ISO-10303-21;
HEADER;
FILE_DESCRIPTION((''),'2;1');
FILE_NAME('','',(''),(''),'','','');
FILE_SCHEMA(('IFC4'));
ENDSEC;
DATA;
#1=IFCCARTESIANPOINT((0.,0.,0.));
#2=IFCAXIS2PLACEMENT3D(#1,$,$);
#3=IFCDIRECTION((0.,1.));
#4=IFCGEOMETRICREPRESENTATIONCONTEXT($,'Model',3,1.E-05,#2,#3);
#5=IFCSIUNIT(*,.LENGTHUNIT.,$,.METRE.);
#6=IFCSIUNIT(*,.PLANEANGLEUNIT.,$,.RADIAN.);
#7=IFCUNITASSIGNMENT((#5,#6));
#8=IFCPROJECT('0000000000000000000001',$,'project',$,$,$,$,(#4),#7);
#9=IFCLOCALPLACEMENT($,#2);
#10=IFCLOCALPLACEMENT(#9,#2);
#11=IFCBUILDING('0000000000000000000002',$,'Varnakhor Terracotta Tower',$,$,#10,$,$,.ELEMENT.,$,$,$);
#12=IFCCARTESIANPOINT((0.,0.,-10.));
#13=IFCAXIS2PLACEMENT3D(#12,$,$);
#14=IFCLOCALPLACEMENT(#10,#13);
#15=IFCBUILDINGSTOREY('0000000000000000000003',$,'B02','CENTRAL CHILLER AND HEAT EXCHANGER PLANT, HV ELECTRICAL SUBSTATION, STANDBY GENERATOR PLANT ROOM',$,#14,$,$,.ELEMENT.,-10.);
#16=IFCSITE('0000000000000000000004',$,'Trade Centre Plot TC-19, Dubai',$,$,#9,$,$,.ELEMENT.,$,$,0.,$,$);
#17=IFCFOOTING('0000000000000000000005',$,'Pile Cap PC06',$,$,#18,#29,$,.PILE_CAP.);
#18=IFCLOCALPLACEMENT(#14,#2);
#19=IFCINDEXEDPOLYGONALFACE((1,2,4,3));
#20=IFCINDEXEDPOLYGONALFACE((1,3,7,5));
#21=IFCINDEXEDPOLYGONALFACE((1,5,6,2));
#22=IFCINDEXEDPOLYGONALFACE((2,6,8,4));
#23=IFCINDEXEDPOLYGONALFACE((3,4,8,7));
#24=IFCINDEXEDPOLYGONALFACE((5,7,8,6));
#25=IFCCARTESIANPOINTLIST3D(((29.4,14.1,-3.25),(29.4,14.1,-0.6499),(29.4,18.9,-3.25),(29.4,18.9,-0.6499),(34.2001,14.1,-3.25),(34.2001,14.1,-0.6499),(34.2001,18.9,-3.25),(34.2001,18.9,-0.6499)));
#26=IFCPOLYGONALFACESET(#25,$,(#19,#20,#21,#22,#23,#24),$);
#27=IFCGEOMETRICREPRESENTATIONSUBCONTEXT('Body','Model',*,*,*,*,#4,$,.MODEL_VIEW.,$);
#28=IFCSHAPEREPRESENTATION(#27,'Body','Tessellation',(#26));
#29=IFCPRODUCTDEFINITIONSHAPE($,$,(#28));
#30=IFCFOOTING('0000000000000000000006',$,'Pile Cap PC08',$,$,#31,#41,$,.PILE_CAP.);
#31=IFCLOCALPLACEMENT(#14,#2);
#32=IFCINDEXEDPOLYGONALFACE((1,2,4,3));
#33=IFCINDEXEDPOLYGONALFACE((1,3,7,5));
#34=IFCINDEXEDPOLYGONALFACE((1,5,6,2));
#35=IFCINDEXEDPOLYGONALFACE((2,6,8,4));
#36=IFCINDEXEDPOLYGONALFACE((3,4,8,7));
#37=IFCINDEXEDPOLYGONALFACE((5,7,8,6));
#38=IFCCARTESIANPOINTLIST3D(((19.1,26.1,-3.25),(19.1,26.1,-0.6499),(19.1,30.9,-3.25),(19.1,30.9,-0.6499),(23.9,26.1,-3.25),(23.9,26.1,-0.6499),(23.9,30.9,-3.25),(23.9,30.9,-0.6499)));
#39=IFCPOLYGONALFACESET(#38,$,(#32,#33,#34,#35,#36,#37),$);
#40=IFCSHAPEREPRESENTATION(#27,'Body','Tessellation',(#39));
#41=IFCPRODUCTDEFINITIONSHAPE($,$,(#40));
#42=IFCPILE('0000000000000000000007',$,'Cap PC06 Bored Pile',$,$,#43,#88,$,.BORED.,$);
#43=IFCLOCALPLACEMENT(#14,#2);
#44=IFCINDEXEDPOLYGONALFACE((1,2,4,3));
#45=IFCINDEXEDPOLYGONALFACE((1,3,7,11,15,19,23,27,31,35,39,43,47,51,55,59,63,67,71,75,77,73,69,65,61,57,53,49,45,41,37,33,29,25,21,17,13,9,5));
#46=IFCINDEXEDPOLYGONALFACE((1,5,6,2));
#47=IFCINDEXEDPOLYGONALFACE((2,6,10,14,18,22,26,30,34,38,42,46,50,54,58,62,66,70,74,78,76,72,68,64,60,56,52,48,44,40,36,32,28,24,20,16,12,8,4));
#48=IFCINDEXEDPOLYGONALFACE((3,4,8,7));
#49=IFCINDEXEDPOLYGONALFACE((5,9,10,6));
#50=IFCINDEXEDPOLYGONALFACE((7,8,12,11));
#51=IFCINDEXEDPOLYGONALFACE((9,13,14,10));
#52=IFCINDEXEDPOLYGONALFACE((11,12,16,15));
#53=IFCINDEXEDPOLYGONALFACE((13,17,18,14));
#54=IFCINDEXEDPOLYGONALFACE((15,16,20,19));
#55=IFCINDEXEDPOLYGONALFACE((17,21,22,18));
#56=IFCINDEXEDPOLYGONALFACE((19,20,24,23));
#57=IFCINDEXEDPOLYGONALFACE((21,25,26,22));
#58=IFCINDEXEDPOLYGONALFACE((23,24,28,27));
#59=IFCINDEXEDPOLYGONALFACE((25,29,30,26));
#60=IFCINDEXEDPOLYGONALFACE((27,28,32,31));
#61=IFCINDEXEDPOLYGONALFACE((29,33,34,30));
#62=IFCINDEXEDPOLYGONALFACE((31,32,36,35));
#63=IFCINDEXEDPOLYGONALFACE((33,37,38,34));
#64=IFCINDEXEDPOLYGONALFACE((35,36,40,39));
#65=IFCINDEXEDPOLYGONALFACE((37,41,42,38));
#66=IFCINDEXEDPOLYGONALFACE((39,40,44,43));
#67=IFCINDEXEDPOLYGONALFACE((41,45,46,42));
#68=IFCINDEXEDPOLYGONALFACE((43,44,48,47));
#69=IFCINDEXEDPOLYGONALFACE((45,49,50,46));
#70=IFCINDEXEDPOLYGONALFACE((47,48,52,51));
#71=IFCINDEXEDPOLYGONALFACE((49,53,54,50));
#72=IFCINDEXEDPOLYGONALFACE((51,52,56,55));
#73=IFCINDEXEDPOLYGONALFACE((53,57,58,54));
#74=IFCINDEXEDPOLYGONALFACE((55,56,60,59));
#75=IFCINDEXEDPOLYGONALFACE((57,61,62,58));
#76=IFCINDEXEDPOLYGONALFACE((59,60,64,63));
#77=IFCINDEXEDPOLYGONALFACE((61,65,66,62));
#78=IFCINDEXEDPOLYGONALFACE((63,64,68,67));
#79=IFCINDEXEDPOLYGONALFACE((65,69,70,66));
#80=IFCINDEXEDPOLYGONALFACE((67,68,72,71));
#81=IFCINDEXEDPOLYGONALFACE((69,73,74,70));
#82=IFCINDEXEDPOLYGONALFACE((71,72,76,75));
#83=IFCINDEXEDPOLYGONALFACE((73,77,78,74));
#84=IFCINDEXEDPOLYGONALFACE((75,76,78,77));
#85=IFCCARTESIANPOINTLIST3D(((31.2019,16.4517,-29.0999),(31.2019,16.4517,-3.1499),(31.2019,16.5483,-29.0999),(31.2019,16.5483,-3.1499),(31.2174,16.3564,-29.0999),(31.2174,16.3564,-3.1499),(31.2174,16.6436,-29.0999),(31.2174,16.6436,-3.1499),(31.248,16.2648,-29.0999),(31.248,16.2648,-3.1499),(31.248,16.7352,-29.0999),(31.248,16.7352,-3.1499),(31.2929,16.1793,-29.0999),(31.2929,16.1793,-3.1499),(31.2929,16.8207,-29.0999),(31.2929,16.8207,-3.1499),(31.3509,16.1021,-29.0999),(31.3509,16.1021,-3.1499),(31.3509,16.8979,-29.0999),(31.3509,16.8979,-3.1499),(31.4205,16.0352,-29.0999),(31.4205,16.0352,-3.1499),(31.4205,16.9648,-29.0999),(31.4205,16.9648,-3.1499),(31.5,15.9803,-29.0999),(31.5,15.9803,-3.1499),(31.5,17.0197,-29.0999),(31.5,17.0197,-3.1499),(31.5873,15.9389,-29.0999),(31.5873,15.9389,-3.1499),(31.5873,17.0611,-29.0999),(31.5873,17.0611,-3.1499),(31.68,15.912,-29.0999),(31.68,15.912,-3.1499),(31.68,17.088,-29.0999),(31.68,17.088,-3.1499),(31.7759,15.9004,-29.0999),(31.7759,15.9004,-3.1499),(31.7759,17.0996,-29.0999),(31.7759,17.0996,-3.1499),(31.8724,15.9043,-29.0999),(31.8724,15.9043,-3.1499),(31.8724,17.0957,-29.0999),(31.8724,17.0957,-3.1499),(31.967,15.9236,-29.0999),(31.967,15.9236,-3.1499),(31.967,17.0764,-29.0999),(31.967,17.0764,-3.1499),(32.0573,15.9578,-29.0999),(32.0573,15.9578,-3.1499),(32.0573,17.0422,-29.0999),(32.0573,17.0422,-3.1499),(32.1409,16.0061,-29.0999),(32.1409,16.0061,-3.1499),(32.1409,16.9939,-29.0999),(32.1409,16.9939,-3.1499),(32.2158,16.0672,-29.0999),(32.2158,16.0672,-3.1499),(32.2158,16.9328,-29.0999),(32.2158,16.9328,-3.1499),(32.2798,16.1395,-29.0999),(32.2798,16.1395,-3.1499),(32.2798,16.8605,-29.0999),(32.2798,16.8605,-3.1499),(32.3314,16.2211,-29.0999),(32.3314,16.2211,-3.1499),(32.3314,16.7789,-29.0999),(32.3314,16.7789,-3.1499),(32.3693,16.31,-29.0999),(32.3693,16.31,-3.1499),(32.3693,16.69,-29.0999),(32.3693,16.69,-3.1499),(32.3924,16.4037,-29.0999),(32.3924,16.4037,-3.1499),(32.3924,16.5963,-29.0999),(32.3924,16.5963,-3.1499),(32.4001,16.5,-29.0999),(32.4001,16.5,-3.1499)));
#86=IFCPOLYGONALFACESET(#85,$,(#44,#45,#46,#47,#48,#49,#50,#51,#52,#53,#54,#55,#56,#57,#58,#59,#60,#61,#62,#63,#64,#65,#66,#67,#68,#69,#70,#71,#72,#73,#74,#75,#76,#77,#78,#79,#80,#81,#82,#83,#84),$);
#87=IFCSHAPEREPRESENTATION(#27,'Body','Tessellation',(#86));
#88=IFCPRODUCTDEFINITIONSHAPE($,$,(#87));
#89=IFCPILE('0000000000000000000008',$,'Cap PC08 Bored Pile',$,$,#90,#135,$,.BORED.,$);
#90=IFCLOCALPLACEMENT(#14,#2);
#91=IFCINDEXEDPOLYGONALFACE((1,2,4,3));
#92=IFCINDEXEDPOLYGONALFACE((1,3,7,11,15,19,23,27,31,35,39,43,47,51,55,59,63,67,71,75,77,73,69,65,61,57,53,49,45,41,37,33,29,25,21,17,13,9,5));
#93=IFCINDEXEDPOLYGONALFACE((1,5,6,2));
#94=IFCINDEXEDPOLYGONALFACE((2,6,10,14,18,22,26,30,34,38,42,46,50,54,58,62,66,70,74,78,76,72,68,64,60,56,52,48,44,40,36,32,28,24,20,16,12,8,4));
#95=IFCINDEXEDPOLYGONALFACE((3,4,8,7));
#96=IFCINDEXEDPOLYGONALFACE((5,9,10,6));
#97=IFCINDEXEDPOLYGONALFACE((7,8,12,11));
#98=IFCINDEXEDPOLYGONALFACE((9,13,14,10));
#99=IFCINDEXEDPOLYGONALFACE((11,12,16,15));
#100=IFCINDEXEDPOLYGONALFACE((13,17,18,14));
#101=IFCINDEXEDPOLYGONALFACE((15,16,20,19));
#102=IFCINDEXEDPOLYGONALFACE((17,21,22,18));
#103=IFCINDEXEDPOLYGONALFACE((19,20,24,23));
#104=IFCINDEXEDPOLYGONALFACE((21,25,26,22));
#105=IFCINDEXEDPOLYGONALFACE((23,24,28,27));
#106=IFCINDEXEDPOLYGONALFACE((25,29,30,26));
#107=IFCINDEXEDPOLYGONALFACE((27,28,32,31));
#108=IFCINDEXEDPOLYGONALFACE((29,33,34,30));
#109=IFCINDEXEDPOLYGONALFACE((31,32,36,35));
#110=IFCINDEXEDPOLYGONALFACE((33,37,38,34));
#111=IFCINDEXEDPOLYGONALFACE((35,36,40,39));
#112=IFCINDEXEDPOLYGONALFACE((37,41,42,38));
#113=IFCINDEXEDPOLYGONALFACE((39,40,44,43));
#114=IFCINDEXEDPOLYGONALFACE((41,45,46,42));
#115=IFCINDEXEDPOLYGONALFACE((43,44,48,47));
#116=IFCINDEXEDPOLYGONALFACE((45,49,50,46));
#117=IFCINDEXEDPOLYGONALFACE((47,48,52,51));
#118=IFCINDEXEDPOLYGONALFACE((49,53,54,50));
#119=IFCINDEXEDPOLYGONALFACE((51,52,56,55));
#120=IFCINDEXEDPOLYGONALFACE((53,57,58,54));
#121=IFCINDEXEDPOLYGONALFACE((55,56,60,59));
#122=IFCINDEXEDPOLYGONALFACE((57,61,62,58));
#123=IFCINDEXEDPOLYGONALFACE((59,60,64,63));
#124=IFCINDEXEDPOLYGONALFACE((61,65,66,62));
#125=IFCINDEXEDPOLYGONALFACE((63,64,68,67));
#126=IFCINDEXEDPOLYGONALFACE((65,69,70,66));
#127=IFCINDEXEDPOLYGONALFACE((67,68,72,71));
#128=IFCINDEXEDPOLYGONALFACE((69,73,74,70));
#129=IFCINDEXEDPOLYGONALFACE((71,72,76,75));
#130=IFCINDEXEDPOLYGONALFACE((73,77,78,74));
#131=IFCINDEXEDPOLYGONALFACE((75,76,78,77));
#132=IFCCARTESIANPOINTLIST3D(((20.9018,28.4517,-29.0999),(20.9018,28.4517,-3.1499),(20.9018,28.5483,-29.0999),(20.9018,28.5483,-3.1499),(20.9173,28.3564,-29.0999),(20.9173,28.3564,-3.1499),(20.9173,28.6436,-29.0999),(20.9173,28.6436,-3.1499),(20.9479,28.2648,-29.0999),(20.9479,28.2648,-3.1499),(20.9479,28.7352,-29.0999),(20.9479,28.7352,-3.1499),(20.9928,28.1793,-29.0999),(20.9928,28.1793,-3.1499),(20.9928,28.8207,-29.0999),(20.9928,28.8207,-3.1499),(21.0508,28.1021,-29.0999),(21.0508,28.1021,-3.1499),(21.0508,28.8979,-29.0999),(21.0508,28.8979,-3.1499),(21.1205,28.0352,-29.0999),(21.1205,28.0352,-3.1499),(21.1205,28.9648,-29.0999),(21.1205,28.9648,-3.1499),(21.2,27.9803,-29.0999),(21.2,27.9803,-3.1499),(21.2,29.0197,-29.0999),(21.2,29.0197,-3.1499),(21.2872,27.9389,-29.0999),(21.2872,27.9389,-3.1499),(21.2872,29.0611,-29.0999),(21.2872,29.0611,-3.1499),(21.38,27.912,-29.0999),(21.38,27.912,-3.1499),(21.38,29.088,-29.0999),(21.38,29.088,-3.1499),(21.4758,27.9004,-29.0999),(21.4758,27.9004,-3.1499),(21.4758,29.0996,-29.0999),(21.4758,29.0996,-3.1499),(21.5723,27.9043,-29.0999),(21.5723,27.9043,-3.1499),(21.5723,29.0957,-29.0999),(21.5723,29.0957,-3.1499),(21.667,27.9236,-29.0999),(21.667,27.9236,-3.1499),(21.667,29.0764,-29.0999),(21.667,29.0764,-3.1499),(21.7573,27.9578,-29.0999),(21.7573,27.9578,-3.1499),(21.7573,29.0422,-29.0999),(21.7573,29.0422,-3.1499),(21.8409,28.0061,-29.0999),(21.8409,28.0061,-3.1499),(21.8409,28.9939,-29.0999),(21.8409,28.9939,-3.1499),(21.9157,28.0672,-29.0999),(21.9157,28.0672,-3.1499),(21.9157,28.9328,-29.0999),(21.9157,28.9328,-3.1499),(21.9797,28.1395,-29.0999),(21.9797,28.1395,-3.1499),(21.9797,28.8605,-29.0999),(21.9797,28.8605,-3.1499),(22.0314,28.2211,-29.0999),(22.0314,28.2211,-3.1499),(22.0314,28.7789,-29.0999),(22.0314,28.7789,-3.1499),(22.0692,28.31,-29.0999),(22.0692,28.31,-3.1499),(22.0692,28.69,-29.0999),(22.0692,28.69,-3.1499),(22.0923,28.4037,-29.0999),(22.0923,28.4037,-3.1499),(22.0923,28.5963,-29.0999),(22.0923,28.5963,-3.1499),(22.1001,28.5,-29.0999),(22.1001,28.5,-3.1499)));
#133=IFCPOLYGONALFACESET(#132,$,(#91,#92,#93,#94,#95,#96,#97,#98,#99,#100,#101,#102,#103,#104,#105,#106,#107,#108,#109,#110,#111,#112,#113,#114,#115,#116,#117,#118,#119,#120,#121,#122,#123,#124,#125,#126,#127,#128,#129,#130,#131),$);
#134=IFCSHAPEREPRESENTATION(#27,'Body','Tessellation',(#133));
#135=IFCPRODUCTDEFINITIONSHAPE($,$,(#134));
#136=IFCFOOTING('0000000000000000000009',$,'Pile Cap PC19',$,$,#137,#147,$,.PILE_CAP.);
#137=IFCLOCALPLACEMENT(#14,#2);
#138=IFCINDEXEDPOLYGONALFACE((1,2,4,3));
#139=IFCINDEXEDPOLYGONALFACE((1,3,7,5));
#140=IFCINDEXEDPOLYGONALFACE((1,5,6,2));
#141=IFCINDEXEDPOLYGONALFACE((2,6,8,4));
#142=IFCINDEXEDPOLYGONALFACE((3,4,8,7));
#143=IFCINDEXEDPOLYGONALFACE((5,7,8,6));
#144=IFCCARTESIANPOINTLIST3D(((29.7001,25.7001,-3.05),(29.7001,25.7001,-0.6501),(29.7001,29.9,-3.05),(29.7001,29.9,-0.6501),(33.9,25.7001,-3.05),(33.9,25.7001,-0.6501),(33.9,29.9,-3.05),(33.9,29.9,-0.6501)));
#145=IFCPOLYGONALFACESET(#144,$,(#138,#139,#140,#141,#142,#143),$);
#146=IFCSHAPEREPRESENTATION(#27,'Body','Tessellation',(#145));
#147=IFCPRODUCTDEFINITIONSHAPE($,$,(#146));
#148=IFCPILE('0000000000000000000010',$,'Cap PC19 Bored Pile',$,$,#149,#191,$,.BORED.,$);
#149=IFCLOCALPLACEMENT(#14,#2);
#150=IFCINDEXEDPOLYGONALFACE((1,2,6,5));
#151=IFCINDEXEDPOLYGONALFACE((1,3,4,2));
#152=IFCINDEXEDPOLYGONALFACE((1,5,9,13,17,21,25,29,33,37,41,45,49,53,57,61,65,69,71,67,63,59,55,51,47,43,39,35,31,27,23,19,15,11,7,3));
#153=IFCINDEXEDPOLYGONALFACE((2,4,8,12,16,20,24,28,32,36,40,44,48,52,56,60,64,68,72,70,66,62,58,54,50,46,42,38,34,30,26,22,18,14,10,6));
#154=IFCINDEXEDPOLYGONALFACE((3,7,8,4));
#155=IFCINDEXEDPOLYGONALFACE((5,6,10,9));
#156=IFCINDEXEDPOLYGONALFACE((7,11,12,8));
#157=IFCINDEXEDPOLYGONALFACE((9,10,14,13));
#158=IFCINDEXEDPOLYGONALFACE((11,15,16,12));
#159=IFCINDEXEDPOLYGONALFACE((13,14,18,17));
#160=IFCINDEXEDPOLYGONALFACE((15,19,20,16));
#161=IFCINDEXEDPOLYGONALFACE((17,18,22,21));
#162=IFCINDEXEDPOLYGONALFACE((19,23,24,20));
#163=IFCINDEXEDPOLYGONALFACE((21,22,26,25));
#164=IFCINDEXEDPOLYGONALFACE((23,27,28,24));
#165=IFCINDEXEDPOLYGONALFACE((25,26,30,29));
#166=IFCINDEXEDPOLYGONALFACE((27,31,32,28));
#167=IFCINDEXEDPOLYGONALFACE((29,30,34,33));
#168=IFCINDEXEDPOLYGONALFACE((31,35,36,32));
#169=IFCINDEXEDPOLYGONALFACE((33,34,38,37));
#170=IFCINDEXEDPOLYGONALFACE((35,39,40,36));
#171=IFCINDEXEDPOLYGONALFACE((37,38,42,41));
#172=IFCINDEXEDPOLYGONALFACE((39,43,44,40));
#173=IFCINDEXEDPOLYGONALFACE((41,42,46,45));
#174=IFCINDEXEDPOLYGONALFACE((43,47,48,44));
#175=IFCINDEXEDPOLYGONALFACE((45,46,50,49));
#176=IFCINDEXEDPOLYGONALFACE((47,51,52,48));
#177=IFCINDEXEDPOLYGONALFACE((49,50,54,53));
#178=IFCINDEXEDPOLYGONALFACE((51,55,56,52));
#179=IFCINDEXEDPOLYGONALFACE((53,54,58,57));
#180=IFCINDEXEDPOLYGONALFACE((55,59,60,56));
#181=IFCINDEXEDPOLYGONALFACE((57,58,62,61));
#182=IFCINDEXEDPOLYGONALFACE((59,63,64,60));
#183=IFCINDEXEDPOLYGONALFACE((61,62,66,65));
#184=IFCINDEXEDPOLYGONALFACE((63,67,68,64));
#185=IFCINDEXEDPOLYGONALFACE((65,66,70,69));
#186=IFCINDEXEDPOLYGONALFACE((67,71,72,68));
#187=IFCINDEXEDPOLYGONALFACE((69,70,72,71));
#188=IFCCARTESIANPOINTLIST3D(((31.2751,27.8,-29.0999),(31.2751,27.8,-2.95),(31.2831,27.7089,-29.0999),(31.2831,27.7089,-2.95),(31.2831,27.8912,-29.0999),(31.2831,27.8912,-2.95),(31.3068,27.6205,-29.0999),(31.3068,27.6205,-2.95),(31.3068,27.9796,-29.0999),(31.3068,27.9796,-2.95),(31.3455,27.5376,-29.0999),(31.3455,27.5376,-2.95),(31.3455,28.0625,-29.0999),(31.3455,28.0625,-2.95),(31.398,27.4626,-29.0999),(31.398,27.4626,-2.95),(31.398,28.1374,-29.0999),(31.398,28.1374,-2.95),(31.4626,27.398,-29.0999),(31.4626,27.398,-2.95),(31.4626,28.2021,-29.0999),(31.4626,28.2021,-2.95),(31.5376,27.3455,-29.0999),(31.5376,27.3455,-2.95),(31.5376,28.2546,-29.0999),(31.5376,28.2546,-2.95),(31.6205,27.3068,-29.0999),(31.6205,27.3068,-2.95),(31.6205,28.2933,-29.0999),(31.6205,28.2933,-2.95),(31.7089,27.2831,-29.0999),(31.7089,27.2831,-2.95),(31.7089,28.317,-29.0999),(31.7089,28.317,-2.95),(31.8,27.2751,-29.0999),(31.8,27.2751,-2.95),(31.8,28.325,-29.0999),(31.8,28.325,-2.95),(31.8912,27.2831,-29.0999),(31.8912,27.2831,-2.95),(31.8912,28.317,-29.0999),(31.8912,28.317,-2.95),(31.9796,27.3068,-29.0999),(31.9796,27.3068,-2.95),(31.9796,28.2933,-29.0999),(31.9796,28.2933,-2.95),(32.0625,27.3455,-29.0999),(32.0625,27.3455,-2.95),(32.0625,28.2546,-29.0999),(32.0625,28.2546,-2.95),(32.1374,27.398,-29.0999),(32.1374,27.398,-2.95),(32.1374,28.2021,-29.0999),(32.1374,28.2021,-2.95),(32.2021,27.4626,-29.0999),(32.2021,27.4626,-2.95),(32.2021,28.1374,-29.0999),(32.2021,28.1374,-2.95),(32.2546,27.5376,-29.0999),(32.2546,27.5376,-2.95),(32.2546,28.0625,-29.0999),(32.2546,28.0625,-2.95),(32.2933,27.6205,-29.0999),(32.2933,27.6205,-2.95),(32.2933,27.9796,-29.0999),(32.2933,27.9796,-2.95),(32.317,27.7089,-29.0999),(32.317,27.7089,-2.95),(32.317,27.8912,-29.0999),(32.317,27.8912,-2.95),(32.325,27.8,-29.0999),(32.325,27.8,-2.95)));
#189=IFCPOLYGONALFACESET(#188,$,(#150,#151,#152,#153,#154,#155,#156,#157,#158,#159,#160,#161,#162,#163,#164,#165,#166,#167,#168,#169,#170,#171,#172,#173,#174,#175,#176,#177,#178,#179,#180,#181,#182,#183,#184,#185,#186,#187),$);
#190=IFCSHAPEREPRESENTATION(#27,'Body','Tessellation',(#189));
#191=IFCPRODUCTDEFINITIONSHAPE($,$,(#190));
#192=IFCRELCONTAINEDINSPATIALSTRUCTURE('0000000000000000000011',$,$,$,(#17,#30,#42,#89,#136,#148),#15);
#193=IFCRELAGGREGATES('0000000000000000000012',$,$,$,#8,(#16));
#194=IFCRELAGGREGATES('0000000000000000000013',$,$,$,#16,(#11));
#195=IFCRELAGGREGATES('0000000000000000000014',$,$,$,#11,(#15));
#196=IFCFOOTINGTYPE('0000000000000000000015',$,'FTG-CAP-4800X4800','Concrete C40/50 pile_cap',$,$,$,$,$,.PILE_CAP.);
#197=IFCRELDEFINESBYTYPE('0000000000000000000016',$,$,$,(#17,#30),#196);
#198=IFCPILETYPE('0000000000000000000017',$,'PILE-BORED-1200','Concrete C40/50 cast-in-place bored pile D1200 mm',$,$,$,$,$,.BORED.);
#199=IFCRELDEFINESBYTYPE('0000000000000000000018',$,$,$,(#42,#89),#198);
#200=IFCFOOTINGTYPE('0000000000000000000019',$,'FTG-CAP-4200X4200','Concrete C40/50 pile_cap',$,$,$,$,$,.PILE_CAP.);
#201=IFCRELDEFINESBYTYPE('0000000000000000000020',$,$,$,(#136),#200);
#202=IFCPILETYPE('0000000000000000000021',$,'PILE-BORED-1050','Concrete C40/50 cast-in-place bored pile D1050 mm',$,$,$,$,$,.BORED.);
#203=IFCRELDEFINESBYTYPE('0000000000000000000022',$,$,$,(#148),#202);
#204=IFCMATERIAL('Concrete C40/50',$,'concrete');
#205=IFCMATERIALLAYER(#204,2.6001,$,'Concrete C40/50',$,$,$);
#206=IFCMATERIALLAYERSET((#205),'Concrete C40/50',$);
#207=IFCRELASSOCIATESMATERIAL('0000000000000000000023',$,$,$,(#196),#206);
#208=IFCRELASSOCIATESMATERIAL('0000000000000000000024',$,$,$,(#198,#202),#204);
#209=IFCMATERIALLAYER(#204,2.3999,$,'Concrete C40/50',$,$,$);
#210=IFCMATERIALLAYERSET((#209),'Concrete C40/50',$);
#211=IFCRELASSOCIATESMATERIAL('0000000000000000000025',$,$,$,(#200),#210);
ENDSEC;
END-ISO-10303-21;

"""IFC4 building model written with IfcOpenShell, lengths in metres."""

from ifc_helpers import new_model, si_unit, direction, frame, origin, origin_2d, place, context, subcontext, project, spatial, rectangle, circle, extrude, source, transform, mapped, material, layer, layer_set, material_profile, profile_set, type_object, type_shapes, element, save


model = new_model("IFC4")

# Units and contexts
model_context = context("Model", 3, precision=1e-05, world=origin(), true_north=direction((0.0, 1.0)))
body_context = subcontext(model_context, "Body", "Model", "MODEL_VIEW")
ifc_project = project(units=[si_unit("LENGTHUNIT", "METRE"), si_unit("PLANEANGLEUNIT", "RADIAN")], contexts=[model_context])

# Site, building, storey
site_placement = place(None, origin())
site = spatial("IfcSite", under=ifc_project, at=site_placement, Name="Trade Centre Plot TC-19, Dubai", CompositionType="ELEMENT", RefElevation=0.0)
building_placement = place(site_placement, origin())
building = spatial("IfcBuilding", under=site, at=building_placement, Name="Varnakhor Terracotta Tower", CompositionType="ELEMENT")
storey_placement = place(building_placement, frame((0.0, 0.0, -10.0)))
storey = spatial("IfcBuildingStorey", under=building, at=storey_placement, Name="B02", Description="CENTRAL CHILLER AND HEAT EXCHANGER PLANT, HV ELECTRICAL SUBSTATION, STANDBY GENERATOR PLANT ROOM", CompositionType="ELEMENT", Elevation=-10.0)

# Footings
ifc_material_1 = material(Name="Concrete C40/50", Category="concrete")
ifc_layer_1 = layer(ifc_material_1, 2.6001, Name="Concrete C40/50")
ifc_layer_set_1 = layer_set([ifc_layer_1], Name="Concrete C40/50")
footing_type_1 = type_object("IfcFootingType", Name="FTG-CAP-4800X4800", Description="Concrete C40/50 pile_cap", PredefinedType="PILE_CAP", material=ifc_layer_set_1)
shared_shape_1 = source(origin(), body_context, "Body", "SweptSolid", [
    extrude(rectangle(XDim=4.8, YDim=4.8, at=origin_2d()), origin(), (0.0, 0.0, 1.0), 2.6001),
])
type_shapes(footing_type_1, [shared_shape_1])
for number, where, z_axis, x_axis, name in (
    (1, (31.8, 16.5, -3.25), (0.0, 0.0, 1.0), (1.0, 0.0, 0.0), "Pile Cap PC06"),
    (2, (21.5, 28.5, -3.25), (0.0, 0.0, 1.0), (1.0, 0.0, 0.0), "Pile Cap PC08"),
):
    element("IfcFooting", number, at=place(storey_placement, frame(where, z_axis=z_axis, x_axis=x_axis)), inside=storey, type_object=footing_type_1, Name=name, PredefinedType="PILE_CAP", context=body_context, shape_type="MappedRepresentation", body=[
        mapped(shared_shape_1, transform((0.0, 0.0, 0.0), scale=1.0)),
    ])

# Piles
ifc_material_profile_1 = material_profile(ifc_material_1, circle(Radius=0.6001, at=origin_2d()), Name="BORED PILE D1200")
ifc_profile_set_1 = profile_set([ifc_material_profile_1], Name="Concrete C40/50")
pile_type_1 = type_object("IfcPileType", Name="PILE-BORED-1200", Description="Concrete C40/50 cast-in-place bored pile D1200 mm", PredefinedType="BORED", material=ifc_profile_set_1)
shared_shape_2 = source(origin(), body_context, "Body", "SweptSolid", [
    extrude(circle(Radius=0.6001, at=origin_2d()), origin(), (0.0, 0.0, 1.0), 25.95),
])
type_shapes(pile_type_1, [shared_shape_2])
for number, where, z_axis, x_axis, name in (
    (3, (31.8, 16.5, -3.1499), (0.0, 0.0, -1.0), (1.0, 0.0, 0.0), "Cap PC06 Bored Pile"),
    (4, (21.5, 28.5, -3.1499), (0.0, 0.0, -1.0), (1.0, 0.0, 0.0), "Cap PC08 Bored Pile"),
):
    element("IfcPile", number, at=place(storey_placement, frame(where, z_axis=z_axis, x_axis=x_axis)), inside=storey, type_object=pile_type_1, Name=name, PredefinedType="BORED", context=body_context, shape_type="MappedRepresentation", body=[
        mapped(shared_shape_2, transform((0.0, 0.0, 0.0), scale=1.0)),
    ])

# Footing
ifc_layer_2 = layer(ifc_material_1, 2.3999, Name="Concrete C40/50")
ifc_layer_set_2 = layer_set([ifc_layer_2], Name="Concrete C40/50")
footing_type_2 = type_object("IfcFootingType", Name="FTG-CAP-4200X4200", Description="Concrete C40/50 pile_cap", PredefinedType="PILE_CAP", material=ifc_layer_set_2)
shared_shape_3 = source(origin(), body_context, "Body", "SweptSolid", [
    extrude(rectangle(XDim=4.2, YDim=4.2, at=origin_2d()), origin(), (0.0, 0.0, 1.0), 2.3999),
])
type_shapes(footing_type_2, [shared_shape_3])
footing_1_placement = place(storey_placement, frame((31.8, 27.8, -3.05), z_axis=(0.0, 0.0, 1.0), x_axis=(1.0, 0.0, 0.0)))
element("IfcFooting", 5, at=footing_1_placement, inside=storey, type_object=footing_type_2, Name="Pile Cap PC19", PredefinedType="PILE_CAP", context=body_context, shape_type="MappedRepresentation", body=[
    mapped(shared_shape_3, transform((0.0, 0.0, 0.0), scale=1.0)),
])

# Pile
ifc_material_profile_2 = material_profile(ifc_material_1, circle(Radius=0.5249, at=origin_2d()), Name="BORED PILE D1050")
ifc_profile_set_2 = profile_set([ifc_material_profile_2], Name="Concrete C40/50")
pile_type_2 = type_object("IfcPileType", Name="PILE-BORED-1050", Description="Concrete C40/50 cast-in-place bored pile D1050 mm", PredefinedType="BORED", material=ifc_profile_set_2)
shared_shape_4 = source(origin(), body_context, "Body", "SweptSolid", [
    extrude(circle(Radius=0.5249, at=origin_2d()), origin(), (0.0, 0.0, 1.0), 26.1499),
])
type_shapes(pile_type_2, [shared_shape_4])
pile_placement = place(storey_placement, frame((31.8, 27.8, -2.95), z_axis=(0.0, 0.0, -1.0), x_axis=(1.0, 0.0, 0.0)))
element("IfcPile", 6, at=pile_placement, inside=storey, type_object=pile_type_2, Name="Cap PC19 Bored Pile", PredefinedType="BORED", context=body_context, shape_type="MappedRepresentation", body=[
    mapped(shared_shape_4, transform((0.0, 0.0, 0.0), scale=1.0)),
])

save(model, "model.ifc")
